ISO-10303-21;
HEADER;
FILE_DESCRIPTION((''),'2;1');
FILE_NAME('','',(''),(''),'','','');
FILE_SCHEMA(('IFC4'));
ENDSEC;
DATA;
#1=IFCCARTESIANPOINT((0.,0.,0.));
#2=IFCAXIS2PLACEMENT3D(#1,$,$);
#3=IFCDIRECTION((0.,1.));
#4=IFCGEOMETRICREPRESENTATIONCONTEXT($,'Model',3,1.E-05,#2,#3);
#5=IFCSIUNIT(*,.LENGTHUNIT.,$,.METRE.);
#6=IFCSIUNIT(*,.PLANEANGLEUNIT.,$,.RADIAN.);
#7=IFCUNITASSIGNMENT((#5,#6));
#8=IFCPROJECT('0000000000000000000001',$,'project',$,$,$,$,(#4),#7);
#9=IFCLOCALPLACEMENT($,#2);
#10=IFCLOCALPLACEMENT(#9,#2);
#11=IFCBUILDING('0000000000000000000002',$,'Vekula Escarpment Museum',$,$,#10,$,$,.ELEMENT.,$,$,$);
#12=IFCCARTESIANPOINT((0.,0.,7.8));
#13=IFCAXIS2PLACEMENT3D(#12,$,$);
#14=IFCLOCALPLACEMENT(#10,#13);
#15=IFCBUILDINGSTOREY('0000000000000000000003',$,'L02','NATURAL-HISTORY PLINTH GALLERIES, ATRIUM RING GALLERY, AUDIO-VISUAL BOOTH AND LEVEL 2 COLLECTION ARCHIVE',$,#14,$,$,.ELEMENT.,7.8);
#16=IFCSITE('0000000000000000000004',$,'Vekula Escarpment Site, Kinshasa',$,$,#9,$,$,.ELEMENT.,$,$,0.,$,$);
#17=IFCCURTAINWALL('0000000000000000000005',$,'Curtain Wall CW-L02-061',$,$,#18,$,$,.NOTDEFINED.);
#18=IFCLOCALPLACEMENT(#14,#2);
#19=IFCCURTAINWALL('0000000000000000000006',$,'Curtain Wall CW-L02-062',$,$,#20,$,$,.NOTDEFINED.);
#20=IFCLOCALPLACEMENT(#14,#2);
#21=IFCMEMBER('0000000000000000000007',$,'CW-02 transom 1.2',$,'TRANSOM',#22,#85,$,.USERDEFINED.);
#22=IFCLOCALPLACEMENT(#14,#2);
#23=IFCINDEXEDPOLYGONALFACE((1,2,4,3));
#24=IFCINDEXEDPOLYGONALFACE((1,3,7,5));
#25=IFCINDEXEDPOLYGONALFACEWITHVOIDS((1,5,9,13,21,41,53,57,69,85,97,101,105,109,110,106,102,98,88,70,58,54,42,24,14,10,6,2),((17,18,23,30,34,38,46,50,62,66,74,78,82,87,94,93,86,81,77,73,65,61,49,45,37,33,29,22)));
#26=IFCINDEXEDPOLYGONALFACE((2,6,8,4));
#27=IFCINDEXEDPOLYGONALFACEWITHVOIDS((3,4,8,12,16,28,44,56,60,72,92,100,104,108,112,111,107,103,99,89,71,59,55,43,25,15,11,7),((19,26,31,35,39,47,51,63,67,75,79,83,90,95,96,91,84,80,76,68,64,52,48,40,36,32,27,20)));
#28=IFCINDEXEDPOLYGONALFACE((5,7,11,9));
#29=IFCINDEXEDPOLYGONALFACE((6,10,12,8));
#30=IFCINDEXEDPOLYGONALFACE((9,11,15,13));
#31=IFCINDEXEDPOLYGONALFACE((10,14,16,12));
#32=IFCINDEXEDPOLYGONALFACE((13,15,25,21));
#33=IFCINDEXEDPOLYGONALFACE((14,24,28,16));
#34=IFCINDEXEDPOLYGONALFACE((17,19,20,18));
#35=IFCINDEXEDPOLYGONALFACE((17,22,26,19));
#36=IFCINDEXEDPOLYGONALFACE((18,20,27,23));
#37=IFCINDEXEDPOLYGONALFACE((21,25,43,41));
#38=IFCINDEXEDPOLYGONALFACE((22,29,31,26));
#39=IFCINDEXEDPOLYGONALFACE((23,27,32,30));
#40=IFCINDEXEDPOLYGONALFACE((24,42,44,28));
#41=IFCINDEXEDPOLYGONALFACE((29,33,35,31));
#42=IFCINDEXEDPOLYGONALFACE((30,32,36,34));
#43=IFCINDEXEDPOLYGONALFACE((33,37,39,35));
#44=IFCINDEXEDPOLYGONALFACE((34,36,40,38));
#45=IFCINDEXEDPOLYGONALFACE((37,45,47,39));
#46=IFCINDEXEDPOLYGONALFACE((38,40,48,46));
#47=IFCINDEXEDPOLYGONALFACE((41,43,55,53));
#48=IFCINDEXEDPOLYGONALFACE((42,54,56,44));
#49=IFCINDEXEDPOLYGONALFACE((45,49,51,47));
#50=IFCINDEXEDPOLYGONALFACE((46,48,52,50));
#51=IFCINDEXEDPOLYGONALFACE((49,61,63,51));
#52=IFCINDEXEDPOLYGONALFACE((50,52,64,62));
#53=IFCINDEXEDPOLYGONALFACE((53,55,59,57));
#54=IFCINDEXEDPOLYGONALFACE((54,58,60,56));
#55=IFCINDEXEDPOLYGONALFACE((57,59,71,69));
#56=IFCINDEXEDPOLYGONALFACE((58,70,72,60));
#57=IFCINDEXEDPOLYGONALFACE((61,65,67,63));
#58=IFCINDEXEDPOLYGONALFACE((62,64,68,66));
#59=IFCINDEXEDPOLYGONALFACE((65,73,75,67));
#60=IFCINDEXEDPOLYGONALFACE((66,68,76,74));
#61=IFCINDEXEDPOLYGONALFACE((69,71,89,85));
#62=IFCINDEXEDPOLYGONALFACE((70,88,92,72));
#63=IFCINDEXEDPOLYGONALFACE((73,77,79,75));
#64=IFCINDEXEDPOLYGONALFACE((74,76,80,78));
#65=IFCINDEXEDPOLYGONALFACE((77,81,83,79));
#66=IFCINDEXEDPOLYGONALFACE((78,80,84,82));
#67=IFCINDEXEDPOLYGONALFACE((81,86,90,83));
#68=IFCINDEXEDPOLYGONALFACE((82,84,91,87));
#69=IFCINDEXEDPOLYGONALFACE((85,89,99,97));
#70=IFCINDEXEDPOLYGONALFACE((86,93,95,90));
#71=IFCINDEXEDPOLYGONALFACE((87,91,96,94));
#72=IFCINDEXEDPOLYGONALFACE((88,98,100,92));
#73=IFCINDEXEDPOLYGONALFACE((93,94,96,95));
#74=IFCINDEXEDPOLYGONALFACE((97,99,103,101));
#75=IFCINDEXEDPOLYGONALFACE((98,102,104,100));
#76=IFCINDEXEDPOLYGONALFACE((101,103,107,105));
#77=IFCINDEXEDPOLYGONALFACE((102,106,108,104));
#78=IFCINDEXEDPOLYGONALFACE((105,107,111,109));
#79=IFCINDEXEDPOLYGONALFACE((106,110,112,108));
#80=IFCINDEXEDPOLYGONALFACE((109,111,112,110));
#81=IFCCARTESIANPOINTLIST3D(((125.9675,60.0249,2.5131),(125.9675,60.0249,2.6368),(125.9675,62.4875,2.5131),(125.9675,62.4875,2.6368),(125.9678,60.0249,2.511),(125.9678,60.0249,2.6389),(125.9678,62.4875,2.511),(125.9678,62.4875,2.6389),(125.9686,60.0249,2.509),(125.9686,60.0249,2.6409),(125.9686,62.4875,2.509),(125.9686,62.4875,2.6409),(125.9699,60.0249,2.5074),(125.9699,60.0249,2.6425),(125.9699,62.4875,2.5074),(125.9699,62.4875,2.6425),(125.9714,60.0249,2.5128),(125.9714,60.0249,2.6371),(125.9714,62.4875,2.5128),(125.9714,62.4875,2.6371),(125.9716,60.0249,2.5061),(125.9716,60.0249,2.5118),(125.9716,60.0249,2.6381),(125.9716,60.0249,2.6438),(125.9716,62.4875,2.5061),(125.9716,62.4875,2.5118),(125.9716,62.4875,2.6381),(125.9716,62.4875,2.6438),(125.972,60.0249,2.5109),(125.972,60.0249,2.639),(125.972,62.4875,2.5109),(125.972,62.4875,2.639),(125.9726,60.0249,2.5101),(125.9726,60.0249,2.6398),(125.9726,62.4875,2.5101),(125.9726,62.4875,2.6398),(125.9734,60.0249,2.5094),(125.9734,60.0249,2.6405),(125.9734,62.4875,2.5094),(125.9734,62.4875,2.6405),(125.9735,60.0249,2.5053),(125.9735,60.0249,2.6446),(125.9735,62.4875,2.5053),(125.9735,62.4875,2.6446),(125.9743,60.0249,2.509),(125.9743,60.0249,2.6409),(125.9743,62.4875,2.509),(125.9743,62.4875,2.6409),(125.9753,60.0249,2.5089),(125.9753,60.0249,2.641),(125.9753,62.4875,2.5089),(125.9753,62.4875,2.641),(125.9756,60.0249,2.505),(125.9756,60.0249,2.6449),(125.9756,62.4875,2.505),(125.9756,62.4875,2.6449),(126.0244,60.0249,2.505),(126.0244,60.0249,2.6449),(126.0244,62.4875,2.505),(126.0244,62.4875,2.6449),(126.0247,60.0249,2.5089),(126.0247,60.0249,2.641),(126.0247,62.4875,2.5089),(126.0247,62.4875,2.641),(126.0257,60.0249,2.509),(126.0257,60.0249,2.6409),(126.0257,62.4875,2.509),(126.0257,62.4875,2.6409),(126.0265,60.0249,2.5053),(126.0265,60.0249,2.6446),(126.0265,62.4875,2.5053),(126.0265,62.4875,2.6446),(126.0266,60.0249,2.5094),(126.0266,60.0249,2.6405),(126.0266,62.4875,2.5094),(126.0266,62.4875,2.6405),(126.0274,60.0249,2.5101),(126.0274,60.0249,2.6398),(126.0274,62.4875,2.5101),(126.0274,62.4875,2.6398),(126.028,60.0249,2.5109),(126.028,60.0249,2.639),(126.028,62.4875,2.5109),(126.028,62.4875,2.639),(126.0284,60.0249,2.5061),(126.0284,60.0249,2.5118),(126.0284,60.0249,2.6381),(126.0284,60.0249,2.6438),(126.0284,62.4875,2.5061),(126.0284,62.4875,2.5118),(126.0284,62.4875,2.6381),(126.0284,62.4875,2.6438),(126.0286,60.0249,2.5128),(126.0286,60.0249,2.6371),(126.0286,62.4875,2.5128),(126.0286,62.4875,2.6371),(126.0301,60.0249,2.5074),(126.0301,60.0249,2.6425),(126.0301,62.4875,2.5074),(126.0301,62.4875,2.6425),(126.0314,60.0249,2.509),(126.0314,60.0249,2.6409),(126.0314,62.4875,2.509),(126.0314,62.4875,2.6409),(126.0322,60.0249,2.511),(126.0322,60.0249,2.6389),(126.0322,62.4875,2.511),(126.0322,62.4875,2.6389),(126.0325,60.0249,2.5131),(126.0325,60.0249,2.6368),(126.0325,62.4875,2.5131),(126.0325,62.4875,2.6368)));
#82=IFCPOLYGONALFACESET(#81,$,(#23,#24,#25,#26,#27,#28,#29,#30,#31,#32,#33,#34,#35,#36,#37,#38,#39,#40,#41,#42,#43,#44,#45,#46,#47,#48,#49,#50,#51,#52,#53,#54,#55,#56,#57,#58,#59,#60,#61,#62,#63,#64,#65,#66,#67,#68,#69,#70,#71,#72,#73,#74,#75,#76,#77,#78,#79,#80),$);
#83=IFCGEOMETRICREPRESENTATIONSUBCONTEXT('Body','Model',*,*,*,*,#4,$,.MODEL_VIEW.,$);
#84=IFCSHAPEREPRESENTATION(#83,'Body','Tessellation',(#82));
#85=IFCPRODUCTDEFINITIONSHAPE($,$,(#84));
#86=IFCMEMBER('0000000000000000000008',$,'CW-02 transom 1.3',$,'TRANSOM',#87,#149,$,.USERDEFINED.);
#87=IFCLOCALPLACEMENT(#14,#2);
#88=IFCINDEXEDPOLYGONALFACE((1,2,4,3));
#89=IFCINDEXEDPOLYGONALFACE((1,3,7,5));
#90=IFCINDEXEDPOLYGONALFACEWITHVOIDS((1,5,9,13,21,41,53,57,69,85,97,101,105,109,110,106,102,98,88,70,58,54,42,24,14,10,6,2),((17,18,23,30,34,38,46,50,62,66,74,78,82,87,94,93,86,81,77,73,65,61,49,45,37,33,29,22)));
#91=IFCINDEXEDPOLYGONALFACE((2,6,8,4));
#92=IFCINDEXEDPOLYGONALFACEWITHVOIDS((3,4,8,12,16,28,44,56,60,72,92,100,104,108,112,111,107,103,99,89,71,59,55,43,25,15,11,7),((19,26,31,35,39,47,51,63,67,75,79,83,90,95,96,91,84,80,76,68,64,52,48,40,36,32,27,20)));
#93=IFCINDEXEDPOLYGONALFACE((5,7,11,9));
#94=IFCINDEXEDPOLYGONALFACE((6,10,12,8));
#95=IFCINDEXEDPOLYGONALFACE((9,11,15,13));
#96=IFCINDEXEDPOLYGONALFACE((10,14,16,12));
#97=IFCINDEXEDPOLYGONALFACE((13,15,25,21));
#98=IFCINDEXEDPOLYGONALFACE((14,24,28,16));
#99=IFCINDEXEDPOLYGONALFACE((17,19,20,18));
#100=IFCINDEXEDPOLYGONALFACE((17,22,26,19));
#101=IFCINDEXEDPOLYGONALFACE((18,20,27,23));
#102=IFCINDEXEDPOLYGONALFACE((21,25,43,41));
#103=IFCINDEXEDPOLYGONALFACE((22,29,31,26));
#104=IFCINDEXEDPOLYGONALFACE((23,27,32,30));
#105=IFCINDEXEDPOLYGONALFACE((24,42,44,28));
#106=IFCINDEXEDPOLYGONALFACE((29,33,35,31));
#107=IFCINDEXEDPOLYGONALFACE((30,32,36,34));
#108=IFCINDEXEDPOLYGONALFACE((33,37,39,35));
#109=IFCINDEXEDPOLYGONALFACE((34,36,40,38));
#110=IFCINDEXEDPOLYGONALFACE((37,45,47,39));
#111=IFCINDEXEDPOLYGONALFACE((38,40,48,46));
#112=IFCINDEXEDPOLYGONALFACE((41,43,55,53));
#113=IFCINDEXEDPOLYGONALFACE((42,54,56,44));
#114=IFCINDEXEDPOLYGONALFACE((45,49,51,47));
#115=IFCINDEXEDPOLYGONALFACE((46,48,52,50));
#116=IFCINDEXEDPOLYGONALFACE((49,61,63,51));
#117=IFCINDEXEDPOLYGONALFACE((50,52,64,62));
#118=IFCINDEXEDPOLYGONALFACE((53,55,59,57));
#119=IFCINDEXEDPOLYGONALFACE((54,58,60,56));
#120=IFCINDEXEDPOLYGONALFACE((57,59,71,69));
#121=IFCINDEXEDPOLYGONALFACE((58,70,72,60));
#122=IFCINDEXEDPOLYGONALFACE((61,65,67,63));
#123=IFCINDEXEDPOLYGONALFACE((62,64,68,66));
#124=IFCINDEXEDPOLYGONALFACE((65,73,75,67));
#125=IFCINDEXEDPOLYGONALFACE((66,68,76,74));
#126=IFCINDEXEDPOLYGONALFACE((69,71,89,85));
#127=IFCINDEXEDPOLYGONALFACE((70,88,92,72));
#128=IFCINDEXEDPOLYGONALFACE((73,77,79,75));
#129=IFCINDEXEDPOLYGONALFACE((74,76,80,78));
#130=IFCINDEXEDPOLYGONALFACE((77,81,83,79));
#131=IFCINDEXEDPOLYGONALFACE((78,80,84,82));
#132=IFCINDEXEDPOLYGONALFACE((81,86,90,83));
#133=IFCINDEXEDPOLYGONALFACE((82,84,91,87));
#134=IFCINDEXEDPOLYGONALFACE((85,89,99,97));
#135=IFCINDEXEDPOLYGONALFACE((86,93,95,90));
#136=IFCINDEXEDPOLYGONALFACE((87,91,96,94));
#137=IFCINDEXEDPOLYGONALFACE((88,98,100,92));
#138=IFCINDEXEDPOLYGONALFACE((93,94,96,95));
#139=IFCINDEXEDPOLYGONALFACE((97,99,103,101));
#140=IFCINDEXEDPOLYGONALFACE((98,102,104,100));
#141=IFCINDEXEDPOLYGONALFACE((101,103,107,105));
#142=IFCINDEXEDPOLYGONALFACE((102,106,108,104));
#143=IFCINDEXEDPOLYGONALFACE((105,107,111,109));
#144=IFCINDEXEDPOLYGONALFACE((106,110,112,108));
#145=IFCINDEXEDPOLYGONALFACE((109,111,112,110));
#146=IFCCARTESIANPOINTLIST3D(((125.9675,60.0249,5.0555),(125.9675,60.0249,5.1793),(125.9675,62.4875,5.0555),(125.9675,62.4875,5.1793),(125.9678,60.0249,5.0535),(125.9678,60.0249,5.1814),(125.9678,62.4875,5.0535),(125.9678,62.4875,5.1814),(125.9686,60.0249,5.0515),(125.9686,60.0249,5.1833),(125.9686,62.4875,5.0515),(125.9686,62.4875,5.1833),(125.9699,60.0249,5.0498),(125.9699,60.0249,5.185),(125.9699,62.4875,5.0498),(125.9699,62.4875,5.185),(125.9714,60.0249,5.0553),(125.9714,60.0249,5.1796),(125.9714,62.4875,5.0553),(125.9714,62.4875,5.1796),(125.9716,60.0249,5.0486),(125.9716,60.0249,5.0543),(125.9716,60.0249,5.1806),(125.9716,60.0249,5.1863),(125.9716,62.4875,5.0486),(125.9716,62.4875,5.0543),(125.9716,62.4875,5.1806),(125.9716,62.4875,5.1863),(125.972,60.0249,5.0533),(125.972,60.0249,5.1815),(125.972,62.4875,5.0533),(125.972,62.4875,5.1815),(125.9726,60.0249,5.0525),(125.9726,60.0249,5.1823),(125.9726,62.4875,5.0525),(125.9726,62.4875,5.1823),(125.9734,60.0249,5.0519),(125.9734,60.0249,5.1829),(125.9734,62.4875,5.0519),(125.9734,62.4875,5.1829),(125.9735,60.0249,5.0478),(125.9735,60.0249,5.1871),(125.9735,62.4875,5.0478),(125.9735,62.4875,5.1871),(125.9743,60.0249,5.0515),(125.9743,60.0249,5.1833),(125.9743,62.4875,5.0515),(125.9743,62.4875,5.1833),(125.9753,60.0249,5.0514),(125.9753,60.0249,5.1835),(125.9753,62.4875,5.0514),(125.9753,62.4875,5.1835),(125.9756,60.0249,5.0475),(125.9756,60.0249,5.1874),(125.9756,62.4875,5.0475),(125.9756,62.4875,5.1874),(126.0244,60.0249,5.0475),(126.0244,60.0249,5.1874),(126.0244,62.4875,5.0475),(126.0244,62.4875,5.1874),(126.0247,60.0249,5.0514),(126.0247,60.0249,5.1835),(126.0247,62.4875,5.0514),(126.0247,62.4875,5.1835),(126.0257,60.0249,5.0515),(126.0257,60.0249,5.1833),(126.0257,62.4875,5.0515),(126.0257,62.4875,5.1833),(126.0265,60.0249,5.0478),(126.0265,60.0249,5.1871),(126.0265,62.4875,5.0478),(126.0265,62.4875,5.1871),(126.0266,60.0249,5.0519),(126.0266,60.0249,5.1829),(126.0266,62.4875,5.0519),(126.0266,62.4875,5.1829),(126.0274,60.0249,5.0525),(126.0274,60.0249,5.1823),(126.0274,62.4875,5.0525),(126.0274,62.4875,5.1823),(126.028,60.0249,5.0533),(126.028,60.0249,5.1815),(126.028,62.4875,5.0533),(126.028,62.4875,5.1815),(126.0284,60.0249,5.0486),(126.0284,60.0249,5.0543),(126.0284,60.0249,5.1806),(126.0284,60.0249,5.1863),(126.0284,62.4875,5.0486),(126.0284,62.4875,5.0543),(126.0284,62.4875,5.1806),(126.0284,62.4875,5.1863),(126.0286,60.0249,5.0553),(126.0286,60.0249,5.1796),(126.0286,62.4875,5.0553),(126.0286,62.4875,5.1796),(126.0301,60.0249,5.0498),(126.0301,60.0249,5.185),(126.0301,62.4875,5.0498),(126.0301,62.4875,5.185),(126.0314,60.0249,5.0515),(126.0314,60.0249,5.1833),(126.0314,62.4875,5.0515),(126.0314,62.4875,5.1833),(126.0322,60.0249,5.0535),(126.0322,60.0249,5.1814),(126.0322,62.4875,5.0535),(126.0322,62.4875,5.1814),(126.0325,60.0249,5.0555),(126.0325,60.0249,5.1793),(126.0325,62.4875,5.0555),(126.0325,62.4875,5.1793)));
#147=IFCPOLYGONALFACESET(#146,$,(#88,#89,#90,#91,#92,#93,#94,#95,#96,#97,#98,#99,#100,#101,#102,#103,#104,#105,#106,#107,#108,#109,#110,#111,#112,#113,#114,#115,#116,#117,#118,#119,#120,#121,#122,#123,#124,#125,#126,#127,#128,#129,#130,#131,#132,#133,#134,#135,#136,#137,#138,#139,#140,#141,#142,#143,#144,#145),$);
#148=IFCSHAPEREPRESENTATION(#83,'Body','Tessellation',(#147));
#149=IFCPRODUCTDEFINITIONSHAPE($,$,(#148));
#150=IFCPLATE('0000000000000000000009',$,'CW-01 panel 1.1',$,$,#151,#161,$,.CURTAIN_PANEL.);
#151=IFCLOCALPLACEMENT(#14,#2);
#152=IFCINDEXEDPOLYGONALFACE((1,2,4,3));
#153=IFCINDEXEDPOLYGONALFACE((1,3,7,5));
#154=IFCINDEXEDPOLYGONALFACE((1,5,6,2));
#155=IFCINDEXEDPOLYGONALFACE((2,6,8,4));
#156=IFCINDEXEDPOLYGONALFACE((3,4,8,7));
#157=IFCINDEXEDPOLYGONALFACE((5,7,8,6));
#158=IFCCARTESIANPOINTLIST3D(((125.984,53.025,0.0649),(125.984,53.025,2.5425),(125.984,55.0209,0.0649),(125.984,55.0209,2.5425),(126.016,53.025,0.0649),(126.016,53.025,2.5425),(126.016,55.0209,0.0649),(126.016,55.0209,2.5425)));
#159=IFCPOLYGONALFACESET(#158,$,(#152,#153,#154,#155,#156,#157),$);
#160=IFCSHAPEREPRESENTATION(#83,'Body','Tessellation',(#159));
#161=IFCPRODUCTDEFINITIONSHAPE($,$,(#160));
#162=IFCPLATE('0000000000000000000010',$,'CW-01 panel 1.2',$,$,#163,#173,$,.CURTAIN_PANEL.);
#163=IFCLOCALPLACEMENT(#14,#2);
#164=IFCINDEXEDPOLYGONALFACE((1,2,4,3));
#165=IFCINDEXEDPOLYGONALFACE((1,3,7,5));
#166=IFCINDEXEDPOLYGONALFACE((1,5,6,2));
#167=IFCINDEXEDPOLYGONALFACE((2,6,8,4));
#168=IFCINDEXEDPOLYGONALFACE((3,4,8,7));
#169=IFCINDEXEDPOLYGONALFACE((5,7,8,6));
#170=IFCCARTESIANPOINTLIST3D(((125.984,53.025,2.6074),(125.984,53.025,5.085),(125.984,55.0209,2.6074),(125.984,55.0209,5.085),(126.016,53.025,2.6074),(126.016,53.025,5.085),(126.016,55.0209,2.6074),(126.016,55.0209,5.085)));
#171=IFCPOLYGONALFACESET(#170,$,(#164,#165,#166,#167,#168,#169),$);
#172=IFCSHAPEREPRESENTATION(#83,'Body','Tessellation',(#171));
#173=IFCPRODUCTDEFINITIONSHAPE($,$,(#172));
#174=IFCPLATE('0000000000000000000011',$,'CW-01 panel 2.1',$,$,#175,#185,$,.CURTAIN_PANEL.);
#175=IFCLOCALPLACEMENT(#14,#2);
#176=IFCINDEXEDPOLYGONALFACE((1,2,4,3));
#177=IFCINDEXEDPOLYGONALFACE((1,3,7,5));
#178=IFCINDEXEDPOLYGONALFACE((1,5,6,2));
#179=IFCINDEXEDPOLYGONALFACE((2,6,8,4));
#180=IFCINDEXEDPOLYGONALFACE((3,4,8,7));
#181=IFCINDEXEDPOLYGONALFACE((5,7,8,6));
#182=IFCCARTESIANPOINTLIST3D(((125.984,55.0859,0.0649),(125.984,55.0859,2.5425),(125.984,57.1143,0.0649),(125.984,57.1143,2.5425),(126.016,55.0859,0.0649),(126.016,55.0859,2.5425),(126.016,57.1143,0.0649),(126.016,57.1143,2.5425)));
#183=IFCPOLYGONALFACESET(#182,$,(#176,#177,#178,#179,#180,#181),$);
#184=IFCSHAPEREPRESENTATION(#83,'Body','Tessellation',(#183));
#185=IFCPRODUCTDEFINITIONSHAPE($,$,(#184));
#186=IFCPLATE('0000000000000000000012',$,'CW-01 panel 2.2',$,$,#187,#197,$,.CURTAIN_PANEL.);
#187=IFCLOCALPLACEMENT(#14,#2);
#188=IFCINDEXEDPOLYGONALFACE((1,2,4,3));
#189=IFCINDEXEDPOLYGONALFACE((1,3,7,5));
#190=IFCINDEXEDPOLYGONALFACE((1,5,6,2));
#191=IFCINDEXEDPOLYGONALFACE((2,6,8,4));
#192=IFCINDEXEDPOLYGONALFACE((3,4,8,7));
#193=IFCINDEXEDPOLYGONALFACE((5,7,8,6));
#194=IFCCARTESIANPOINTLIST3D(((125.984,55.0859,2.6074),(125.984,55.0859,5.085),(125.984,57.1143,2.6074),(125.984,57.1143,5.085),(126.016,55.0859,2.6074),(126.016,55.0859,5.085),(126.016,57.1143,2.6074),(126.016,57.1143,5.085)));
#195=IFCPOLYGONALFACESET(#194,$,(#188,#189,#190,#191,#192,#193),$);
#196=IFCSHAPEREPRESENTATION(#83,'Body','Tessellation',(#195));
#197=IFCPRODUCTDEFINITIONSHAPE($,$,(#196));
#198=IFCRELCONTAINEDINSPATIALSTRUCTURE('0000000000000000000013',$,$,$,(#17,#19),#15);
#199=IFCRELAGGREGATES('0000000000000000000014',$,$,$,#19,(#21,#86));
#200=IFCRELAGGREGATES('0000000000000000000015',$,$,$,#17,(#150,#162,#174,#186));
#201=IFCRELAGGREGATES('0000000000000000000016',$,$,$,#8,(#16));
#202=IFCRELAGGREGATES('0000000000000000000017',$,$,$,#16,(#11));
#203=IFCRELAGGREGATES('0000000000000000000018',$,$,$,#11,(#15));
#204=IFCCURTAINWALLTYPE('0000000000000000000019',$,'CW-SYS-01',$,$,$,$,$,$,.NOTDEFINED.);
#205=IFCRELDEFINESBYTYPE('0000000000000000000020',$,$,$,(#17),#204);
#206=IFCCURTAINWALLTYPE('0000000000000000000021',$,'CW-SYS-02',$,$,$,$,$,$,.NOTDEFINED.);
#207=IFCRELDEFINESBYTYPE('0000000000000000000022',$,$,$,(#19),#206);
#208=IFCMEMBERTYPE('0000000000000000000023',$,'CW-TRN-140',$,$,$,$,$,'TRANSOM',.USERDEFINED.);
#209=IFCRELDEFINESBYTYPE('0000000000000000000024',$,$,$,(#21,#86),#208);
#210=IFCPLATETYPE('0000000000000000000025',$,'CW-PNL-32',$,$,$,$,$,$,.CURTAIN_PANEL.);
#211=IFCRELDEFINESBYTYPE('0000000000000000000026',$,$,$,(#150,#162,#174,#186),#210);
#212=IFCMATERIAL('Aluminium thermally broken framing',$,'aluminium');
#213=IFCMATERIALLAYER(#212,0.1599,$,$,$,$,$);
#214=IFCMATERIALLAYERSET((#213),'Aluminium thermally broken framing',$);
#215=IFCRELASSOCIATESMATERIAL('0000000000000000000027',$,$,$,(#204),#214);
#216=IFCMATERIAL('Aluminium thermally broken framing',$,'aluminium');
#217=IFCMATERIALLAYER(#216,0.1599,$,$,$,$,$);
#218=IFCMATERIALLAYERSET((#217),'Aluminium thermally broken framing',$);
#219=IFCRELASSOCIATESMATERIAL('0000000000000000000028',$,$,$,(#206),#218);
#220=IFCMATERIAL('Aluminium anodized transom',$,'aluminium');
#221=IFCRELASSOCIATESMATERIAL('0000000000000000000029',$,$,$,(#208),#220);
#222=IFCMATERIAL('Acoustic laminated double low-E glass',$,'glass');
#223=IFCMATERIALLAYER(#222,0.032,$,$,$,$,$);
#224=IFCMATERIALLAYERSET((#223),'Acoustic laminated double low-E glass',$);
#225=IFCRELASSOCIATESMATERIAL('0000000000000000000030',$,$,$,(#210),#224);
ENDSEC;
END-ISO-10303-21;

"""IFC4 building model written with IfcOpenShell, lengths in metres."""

from ifc_helpers import new_model, si_unit, direction, frame, origin, origin_2d, place, context, subcontext, project, spatial, rectangle, hollow_rectangle, extrude, material, layer, layer_set, material_profile, profile_set, type_object, element, aggregate, save


model = new_model("IFC4")

# Units and contexts
model_context = context("Model", 3, precision=1e-05, world=origin(), true_north=direction((0.0, 1.0)))
body_context = subcontext(model_context, "Body", "Model", "MODEL_VIEW")
ifc_project = project(units=[si_unit("LENGTHUNIT", "METRE"), si_unit("PLANEANGLEUNIT", "RADIAN")], contexts=[model_context])

# Site, building, storey
site_placement = place(None, origin())
site = spatial("IfcSite", under=ifc_project, at=site_placement, Name="Vekula Escarpment Site, Kinshasa", CompositionType="ELEMENT", RefElevation=0.0)
building_placement = place(site_placement, origin())
building = spatial("IfcBuilding", under=site, at=building_placement, Name="Vekula Escarpment Museum", CompositionType="ELEMENT")
storey_placement = place(building_placement, frame((0.0, 0.0, 7.8)))
storey = spatial("IfcBuildingStorey", under=building, at=storey_placement, Name="L02", Description="NATURAL-HISTORY PLINTH GALLERIES, ATRIUM RING GALLERY, AUDIO-VISUAL BOOTH AND LEVEL 2 COLLECTION ARCHIVE", CompositionType="ELEMENT", Elevation=7.8)

# Curtain wall
ifc_material_1 = material(Name="Aluminium thermally broken framing", Category="aluminium")
ifc_layer_1 = layer(ifc_material_1, 0.1599)
ifc_layer_set_1 = layer_set([ifc_layer_1], Name="Aluminium thermally broken framing")
curtain_wall_type_1 = type_object("IfcCurtainWallType", Name="CW-SYS-01", PredefinedType="NOTDEFINED", material=ifc_layer_set_1)
curtain_wall_1_placement = place(storey_placement, origin())
curtain_wall_1 = element("IfcCurtainWall", 1, at=curtain_wall_1_placement, inside=storey, type_object=curtain_wall_type_1, Name="Curtain Wall CW-L02-061", PredefinedType="NOTDEFINED")

# Curtain wall
ifc_material_2 = material(Name="Aluminium thermally broken framing", Category="aluminium")
ifc_layer_2 = layer(ifc_material_2, 0.1599)
ifc_layer_set_2 = layer_set([ifc_layer_2], Name="Aluminium thermally broken framing")
curtain_wall_type_2 = type_object("IfcCurtainWallType", Name="CW-SYS-02", PredefinedType="NOTDEFINED", material=ifc_layer_set_2)
curtain_wall_2_placement = place(storey_placement, origin())
curtain_wall_2 = element("IfcCurtainWall", 2, at=curtain_wall_2_placement, inside=storey, type_object=curtain_wall_type_2, Name="Curtain Wall CW-L02-062", PredefinedType="NOTDEFINED")

# Members
ifc_material_3 = material(Name="Aluminium anodized transom", Category="aluminium")
ifc_material_profile_1 = material_profile(ifc_material_3, hollow_rectangle(XDim=0.0649, YDim=0.1399, WallThickness=0.0039, InnerFilletRadius=0.0039, OuterFilletRadius=0.0081, at=origin_2d()), Name="ALU 140x65x4")
ifc_profile_set_1 = profile_set([ifc_material_profile_1], Name="Aluminium anodized transom")
member_type_1 = type_object("IfcMemberType", Name="CW-TRN-140", ElementType="TRANSOM", PredefinedType="USERDEFINED", material=ifc_profile_set_1)
member_1_placement = place(storey_placement, frame((126.0, 60.0249, 2.575), z_axis=(0.0, 1.0, 0.0), x_axis=(-1.0, 0.0, 0.0)))
member_1 = element("IfcMember", 3, at=member_1_placement, type_object=member_type_1, Name="CW-02 transom 1.2", ObjectType="TRANSOM", PredefinedType="USERDEFINED", context=body_context, shape_type="SweptSolid", body=[
    extrude(hollow_rectangle(XDim=0.0649, YDim=0.1399, WallThickness=0.0039, InnerFilletRadius=0.0039, OuterFilletRadius=0.0081, at=origin_2d()), origin(), (0.0, 0.0, 1.0), 2.4626),
])
member_2_placement = place(storey_placement, frame((126.0, 60.0249, 5.1174), z_axis=(0.0, 1.0, 0.0), x_axis=(-1.0, 0.0, 0.0)))
member_2 = element("IfcMember", 4, at=member_2_placement, type_object=member_type_1, Name="CW-02 transom 1.3", ObjectType="TRANSOM", PredefinedType="USERDEFINED", context=body_context, shape_type="SweptSolid", body=[
    extrude(hollow_rectangle(XDim=0.0649, YDim=0.1399, WallThickness=0.0039, InnerFilletRadius=0.0039, OuterFilletRadius=0.0081, at=origin_2d()), origin(), (0.0, 0.0, 1.0), 2.4626),
])
aggregate(curtain_wall_2, [member_1, member_2])

# Plates
ifc_material_4 = material(Name="Acoustic laminated double low-E glass", Category="glass")
ifc_layer_3 = layer(ifc_material_4, 0.032)
ifc_layer_set_3 = layer_set([ifc_layer_3], Name="Acoustic laminated double low-E glass")
plate_type = type_object("IfcPlateType", Name="CW-PNL-32", PredefinedType="CURTAIN_PANEL", material=ifc_layer_set_3)
plate_1_placement = place(storey_placement, frame((126.0, 54.0229, 0.0649), z_axis=(0.0, 0.0, 1.0), x_axis=(0.0, 1.0, 0.0)))
plate_1 = element("IfcPlate", 5, at=plate_1_placement, type_object=plate_type, Name="CW-01 panel 1.1", PredefinedType="CURTAIN_PANEL", context=body_context, shape_type="SweptSolid", body=[
    extrude(rectangle(XDim=1.9958, YDim=0.032, at=origin_2d()), origin(), (0.0, 0.0, 1.0), 2.4775),
])
plate_2_placement = place(storey_placement, frame((126.0, 54.0229, 2.6074), z_axis=(0.0, 0.0, 1.0), x_axis=(0.0, 1.0, 0.0)))
plate_2 = element("IfcPlate", 6, at=plate_2_placement, type_object=plate_type, Name="CW-01 panel 1.2", PredefinedType="CURTAIN_PANEL", context=body_context, shape_type="SweptSolid", body=[
    extrude(rectangle(XDim=1.9958, YDim=0.032, at=origin_2d()), origin(), (0.0, 0.0, 1.0), 2.4775),
])
plate_3_placement = place(storey_placement, frame((126.0, 56.1001, 0.0649), z_axis=(0.0, 0.0, 1.0), x_axis=(0.0, 1.0, 0.0)))
plate_3 = element("IfcPlate", 7, at=plate_3_placement, type_object=plate_type, Name="CW-01 panel 2.1", PredefinedType="CURTAIN_PANEL", context=body_context, shape_type="SweptSolid", body=[
    extrude(rectangle(XDim=2.0283, YDim=0.032, at=origin_2d()), origin(), (0.0, 0.0, 1.0), 2.4775),
])
plate_4_placement = place(storey_placement, frame((126.0, 56.1001, 2.6074), z_axis=(0.0, 0.0, 1.0), x_axis=(0.0, 1.0, 0.0)))
plate_4 = element("IfcPlate", 8, at=plate_4_placement, type_object=plate_type, Name="CW-01 panel 2.2", PredefinedType="CURTAIN_PANEL", context=body_context, shape_type="SweptSolid", body=[
    extrude(rectangle(XDim=2.0283, YDim=0.032, at=origin_2d()), origin(), (0.0, 0.0, 1.0), 2.4775),
])
aggregate(curtain_wall_1, [plate_1, plate_2, plate_3, plate_4])

save(model, "model.ifc")
